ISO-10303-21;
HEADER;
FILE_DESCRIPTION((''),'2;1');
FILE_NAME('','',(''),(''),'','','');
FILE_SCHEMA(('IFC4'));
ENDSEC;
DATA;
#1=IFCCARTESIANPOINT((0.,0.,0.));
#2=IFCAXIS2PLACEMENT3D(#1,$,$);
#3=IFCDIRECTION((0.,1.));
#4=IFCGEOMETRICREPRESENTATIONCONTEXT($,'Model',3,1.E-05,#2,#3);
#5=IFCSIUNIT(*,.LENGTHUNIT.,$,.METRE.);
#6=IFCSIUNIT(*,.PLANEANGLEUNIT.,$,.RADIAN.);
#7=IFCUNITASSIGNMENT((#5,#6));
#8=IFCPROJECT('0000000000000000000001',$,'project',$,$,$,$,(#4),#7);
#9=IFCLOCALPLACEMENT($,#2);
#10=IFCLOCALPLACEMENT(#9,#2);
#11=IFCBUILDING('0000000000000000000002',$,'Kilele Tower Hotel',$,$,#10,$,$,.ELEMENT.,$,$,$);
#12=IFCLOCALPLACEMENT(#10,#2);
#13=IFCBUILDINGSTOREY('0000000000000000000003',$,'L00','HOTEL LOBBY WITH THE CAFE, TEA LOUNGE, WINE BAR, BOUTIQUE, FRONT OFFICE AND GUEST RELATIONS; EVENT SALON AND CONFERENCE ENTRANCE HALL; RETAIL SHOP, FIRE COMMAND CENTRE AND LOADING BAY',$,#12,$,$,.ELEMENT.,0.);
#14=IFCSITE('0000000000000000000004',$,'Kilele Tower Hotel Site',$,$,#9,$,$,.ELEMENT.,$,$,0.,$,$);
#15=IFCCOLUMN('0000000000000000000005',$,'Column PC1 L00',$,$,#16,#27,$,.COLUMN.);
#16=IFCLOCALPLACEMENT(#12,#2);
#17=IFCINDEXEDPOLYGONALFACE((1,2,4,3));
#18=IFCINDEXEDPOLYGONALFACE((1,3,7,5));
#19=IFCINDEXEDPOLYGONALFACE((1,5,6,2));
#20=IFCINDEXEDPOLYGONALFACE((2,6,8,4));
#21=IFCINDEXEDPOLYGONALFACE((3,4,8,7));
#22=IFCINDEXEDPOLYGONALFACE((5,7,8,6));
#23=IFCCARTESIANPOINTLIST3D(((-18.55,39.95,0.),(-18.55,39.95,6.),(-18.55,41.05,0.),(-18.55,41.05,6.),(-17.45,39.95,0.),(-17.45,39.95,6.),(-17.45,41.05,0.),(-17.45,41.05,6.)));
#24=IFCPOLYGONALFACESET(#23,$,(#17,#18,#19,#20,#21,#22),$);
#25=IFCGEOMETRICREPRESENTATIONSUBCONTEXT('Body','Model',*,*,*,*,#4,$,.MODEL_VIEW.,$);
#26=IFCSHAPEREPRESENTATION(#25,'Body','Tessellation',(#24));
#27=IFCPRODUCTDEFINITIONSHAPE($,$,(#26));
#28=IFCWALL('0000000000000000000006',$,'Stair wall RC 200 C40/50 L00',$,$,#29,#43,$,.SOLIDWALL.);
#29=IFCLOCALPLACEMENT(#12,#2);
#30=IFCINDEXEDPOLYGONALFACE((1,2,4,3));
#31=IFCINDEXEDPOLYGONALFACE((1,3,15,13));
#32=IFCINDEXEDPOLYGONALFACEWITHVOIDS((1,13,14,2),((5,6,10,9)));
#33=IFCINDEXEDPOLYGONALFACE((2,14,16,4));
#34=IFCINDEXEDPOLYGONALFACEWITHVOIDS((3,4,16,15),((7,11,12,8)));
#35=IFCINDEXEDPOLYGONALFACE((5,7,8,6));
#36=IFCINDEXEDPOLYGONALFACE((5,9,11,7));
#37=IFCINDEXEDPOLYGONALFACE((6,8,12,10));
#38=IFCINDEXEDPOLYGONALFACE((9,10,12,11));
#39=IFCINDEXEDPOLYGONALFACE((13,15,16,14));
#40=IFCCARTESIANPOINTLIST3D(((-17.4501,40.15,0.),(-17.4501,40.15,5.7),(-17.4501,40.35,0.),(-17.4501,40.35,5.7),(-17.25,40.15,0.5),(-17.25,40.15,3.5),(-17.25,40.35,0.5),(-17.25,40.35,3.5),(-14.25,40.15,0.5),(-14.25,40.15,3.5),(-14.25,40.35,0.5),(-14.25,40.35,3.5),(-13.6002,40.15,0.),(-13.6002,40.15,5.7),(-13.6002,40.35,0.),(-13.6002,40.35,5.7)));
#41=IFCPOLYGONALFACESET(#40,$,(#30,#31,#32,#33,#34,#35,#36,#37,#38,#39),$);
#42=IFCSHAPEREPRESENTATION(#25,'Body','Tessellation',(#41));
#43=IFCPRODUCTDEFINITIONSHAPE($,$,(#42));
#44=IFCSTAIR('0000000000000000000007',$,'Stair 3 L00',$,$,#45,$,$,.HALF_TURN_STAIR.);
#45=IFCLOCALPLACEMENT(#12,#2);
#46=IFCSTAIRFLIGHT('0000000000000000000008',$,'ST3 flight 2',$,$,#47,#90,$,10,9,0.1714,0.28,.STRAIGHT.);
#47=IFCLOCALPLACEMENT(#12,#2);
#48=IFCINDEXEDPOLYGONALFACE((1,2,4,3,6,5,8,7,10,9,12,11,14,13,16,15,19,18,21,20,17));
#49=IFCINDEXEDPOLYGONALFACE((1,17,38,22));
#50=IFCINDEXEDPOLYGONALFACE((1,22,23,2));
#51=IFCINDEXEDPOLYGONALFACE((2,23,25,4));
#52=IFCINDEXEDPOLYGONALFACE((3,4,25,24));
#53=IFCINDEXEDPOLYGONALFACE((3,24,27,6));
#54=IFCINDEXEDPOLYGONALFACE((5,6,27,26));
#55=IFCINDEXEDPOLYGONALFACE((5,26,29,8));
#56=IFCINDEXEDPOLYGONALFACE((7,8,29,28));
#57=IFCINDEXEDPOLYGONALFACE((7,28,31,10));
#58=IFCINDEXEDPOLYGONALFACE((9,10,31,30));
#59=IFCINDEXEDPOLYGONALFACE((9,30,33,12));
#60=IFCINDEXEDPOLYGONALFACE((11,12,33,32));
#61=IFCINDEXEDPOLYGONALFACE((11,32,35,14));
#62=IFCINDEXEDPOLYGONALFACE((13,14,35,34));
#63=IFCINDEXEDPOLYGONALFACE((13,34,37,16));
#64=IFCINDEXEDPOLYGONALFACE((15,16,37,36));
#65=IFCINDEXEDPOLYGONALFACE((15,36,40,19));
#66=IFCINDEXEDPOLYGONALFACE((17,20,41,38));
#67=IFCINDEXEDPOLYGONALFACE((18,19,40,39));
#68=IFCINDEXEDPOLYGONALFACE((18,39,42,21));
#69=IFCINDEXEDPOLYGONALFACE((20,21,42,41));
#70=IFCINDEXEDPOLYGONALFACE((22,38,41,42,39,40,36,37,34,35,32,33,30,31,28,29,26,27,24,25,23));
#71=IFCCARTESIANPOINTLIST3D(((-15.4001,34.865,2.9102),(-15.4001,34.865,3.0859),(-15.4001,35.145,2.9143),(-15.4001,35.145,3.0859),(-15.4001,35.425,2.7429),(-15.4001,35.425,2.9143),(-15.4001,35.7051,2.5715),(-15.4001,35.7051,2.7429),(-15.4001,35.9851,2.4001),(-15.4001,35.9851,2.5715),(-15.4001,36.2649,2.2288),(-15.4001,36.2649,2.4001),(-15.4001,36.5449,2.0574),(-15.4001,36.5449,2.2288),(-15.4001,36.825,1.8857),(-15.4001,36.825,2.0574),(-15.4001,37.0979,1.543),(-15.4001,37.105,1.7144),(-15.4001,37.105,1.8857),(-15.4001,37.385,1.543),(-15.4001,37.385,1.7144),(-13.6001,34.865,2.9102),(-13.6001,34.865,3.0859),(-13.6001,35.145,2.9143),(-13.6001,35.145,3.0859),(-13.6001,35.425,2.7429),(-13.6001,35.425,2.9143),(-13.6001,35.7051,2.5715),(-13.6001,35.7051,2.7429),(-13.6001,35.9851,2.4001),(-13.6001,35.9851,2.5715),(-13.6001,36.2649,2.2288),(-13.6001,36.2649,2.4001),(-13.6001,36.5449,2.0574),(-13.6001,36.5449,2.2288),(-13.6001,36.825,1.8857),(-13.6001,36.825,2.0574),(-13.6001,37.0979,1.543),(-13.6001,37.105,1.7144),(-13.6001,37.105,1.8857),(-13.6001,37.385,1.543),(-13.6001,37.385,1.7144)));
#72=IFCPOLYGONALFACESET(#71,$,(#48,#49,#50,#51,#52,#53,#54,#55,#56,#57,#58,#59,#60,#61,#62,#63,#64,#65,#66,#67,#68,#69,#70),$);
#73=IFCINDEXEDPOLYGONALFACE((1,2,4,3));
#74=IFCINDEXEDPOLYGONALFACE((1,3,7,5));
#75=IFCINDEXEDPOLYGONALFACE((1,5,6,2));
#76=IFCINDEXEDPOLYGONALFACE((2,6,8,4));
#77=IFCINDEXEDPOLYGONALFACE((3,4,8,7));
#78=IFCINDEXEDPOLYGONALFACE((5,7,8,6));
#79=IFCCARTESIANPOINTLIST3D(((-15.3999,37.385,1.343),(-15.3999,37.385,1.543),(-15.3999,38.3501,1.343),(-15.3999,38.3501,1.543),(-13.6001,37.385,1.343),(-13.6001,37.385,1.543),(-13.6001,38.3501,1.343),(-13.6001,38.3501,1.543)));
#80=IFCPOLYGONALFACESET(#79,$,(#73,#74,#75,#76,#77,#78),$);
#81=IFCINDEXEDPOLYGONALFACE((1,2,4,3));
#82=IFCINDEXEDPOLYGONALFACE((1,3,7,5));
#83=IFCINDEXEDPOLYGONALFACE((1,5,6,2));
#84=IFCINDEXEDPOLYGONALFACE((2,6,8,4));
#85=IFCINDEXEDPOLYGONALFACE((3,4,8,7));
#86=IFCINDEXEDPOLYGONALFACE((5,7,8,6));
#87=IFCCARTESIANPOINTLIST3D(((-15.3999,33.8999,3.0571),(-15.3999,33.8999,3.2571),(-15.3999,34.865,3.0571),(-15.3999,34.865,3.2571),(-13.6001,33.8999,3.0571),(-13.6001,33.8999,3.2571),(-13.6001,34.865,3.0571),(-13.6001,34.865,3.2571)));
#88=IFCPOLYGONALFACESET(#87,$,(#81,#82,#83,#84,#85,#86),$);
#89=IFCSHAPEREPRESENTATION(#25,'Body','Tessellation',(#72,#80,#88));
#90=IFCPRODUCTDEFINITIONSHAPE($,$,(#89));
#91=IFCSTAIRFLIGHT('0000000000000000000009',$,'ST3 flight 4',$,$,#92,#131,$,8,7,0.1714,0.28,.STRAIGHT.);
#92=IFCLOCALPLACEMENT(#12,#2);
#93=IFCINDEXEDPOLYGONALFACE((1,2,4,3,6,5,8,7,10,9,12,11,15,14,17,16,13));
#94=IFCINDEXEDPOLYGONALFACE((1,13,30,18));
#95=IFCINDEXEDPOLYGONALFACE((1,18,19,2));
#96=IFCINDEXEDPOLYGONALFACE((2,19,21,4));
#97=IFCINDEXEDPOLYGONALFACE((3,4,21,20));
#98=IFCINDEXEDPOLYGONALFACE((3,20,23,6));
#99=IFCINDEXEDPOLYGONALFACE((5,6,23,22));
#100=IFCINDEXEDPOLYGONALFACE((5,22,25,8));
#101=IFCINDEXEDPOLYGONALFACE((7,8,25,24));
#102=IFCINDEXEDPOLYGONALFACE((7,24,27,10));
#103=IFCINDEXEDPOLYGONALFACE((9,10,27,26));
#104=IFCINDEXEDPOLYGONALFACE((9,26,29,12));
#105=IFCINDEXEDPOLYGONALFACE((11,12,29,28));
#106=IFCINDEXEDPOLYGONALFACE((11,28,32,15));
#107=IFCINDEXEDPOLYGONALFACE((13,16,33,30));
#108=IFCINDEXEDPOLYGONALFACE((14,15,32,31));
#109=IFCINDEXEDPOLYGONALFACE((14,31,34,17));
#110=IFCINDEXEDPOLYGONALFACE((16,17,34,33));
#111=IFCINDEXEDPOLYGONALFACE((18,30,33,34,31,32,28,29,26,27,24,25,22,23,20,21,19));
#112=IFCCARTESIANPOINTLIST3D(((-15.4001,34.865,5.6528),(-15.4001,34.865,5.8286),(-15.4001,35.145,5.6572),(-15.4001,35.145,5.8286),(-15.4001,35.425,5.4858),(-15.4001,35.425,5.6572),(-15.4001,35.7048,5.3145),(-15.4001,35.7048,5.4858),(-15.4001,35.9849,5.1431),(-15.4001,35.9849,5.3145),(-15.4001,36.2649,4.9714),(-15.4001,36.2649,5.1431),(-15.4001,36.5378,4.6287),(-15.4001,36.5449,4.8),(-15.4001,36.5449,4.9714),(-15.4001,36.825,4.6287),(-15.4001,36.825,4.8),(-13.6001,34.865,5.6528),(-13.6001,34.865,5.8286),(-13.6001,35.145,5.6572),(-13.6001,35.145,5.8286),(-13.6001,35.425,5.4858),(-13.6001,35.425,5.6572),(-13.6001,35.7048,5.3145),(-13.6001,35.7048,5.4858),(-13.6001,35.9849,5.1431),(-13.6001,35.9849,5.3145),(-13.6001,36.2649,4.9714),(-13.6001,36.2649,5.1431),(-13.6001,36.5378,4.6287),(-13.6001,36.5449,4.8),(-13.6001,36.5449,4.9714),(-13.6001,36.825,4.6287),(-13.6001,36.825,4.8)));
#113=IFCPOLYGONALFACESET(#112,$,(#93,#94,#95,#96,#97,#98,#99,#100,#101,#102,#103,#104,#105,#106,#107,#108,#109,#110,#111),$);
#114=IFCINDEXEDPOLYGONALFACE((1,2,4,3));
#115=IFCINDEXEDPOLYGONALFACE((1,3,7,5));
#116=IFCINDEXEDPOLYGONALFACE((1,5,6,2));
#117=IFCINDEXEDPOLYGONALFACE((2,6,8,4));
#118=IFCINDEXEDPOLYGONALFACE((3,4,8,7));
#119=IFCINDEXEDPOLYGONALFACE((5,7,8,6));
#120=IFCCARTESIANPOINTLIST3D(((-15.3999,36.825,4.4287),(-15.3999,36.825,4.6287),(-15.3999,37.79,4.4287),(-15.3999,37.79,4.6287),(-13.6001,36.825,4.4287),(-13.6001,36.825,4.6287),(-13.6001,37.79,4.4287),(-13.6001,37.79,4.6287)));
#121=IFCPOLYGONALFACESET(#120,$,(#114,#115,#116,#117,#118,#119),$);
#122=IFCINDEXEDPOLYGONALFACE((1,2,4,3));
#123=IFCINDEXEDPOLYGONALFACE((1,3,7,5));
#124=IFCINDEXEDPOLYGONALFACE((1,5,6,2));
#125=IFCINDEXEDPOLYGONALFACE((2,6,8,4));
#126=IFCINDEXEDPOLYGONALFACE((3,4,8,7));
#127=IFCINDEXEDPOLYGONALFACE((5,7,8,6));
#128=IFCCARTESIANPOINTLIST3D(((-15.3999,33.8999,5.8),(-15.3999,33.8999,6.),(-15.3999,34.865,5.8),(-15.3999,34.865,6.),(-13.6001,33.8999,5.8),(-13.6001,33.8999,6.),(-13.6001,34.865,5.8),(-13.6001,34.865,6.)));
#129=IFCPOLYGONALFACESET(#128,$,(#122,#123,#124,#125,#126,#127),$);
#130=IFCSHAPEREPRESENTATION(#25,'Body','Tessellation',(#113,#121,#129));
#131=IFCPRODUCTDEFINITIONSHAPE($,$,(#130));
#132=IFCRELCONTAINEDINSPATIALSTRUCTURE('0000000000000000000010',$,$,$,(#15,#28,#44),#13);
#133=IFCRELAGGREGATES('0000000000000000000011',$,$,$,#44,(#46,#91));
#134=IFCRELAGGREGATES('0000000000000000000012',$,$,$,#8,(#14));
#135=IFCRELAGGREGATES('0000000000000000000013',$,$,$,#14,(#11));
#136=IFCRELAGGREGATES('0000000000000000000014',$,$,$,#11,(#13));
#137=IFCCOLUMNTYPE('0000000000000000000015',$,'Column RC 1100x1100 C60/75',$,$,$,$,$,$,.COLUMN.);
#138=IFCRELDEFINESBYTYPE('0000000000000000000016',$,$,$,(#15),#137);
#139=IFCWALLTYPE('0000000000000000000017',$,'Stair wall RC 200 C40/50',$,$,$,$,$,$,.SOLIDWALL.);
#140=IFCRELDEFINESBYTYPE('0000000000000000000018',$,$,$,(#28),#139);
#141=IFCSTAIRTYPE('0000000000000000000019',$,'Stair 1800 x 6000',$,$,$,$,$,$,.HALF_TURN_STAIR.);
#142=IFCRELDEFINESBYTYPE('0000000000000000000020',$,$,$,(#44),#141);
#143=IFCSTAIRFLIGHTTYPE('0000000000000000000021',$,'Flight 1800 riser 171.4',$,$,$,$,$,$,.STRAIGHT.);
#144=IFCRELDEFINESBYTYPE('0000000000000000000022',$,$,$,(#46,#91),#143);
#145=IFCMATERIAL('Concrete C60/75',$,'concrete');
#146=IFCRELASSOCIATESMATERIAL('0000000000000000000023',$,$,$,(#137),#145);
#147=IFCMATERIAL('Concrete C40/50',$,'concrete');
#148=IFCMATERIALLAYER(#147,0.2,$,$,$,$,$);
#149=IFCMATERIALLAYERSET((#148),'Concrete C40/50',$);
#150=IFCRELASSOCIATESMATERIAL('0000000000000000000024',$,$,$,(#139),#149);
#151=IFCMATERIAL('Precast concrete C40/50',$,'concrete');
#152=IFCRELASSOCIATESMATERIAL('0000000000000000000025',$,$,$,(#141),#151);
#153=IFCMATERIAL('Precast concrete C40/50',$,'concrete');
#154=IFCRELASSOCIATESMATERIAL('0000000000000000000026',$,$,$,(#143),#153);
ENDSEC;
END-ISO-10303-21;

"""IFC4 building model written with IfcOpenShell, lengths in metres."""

from ifc_helpers import new_model, si_unit, direction, frame, frame_2d, origin, origin_2d, place, context, subcontext, project, spatial, polyline, rectangle, outline, extrude, material, layer, layer_set, material_profile, profile_set, type_object, element, aggregate, save


model = new_model("IFC4")

# Units and contexts
model_context = context("Model", 3, precision=1e-05, world=origin(), true_north=direction((0.0, 1.0)))
body_context = subcontext(model_context, "Body", "Model", "MODEL_VIEW")
ifc_project = project(units=[si_unit("LENGTHUNIT", "METRE"), si_unit("PLANEANGLEUNIT", "RADIAN")], contexts=[model_context])

# Site, building, storey
site_placement = place(None, origin())
site = spatial("IfcSite", under=ifc_project, at=site_placement, Name="Kilele Tower Hotel Site", CompositionType="ELEMENT", RefElevation=0.0)
building_placement = place(site_placement, origin())
building = spatial("IfcBuilding", under=site, at=building_placement, Name="Kilele Tower Hotel", CompositionType="ELEMENT")
storey_placement = place(building_placement, origin())
storey = spatial("IfcBuildingStorey", under=building, at=storey_placement, Name="L00", Description="HOTEL LOBBY WITH THE CAFE, TEA LOUNGE, WINE BAR, BOUTIQUE, FRONT OFFICE AND GUEST RELATIONS; EVENT SALON AND CONFERENCE ENTRANCE HALL; RETAIL SHOP, FIRE COMMAND CENTRE AND LOADING BAY", CompositionType="ELEMENT", Elevation=0.0)

# Column
ifc_material_1 = material(Name="Concrete C60/75", Category="concrete")
ifc_material_profile = material_profile(ifc_material_1, rectangle(XDim=1.1001, YDim=1.1001, at=origin_2d()))
ifc_profile_set = profile_set([ifc_material_profile], Name="Concrete C60/75")
column_type = type_object("IfcColumnType", Name="Column RC 1100x1100 C60/75", PredefinedType="COLUMN", material=ifc_profile_set)
column_placement = place(storey_placement, frame((-18.0, 40.5, 0.0), z_axis=(0.0, 0.0, 1.0), x_axis=(1.0, 0.0, 0.0)))
element("IfcColumn", 1, at=column_placement, inside=storey, type_object=column_type, Name="Column PC1 L00", PredefinedType="COLUMN", context=body_context, shape_type="SweptSolid", body=[
    extrude(rectangle(XDim=1.1001, YDim=1.1001, at=origin_2d()), origin(), (0.0, 0.0, 1.0), 6.0),
])

# Wall, opening
ifc_material_2 = material(Name="Concrete C40/50", Category="concrete")
ifc_layer_1 = layer(ifc_material_2, 0.2)
ifc_layer_set_1 = layer_set([ifc_layer_1], Name="Concrete C40/50")
wall_type_1 = type_object("IfcWallType", Name="Stair wall RC 200 C40/50", PredefinedType="SOLIDWALL", material=ifc_layer_set_1)
wall_1_placement = place(storey_placement, frame((-17.45, 40.25, 0.0), z_axis=(0.0, 0.0, 1.0), x_axis=(1.0, 0.0, 0.0)))
wall_1 = element("IfcWall", 2, at=wall_1_placement, inside=storey, type_object=wall_type_1, Name="Stair wall RC 200 C40/50 L00", PredefinedType="SOLIDWALL", context=body_context, shape_type="SweptSolid", body=[
    extrude(rectangle(XDim=3.8499, YDim=0.2, at=frame_2d((1.9248, 0.0))), origin(), (0.0, 0.0, 1.0), 5.7),
])
opening_1_placement = place(wall_1_placement, frame((0.2, 0.0, 0.5)))
element("IfcOpeningElement", 3, at=opening_1_placement, cuts=wall_1, PredefinedType="OPENING", context=body_context, shape_type="SweptSolid", body=[
    extrude(rectangle(XDim=3.0, YDim=3.0, at=frame_2d((1.5, 1.5))), frame((0.0, 0.1099, 0.0), z_axis=(0.0, -1.0, 0.0), x_axis=(1.0, 0.0, 0.0)), (0.0, 0.0, 1.0), 0.22),
])

# Stair, stair flights
ifc_material_3 = material(Name="Precast concrete C40/50", Category="concrete")
stair_type = type_object("IfcStairType", Name="Stair 1800 x 6000", PredefinedType="HALF_TURN_STAIR", material=ifc_material_3)
stair_placement = place(storey_placement, origin())
stair = element("IfcStair", 4, at=stair_placement, inside=storey, type_object=stair_type, Name="Stair 3 L00", PredefinedType="HALF_TURN_STAIR")
ifc_material_4 = material(Name="Precast concrete C40/50", Category="concrete")
stair_flight_type = type_object("IfcStairFlightType", Name="Flight 1800 riser 171.4", PredefinedType="STRAIGHT", material=ifc_material_4)
stair_flight_1_placement = place(storey_placement, frame((-14.5, 37.385, 1.543), z_axis=(0.0, 0.0, 1.0), x_axis=(0.0, -1.0, 0.0)))
stair_flight_1 = element("IfcStairFlight", 5, at=stair_flight_1_placement, type_object=stair_flight_type, Name="ST3 flight 2", NumberOfRisers=10, NumberOfTreads=9, PredefinedType="STRAIGHT", RiserHeight=0.1714, TreadLength=0.28, context=body_context, shape_type="SweptSolid", body=[
    extrude(outline(polyline([(0.0, 0.0), (0.0, 0.1714), (0.28, 0.1714), (0.28, 0.3428), (0.5601, 0.3428), (0.5601, 0.5144), (0.8401, 0.5144), (0.8401, 0.6858), (1.1201, 0.6858), (1.1201, 0.8572), (1.3999, 0.8572), (1.3999, 1.0286), (1.6799, 1.0286), (1.6799, 1.2), (1.96, 1.2), (1.96, 1.3713), (2.24, 1.3713), (2.24, 1.543), (2.52, 1.543), (2.52, 1.7144), (2.52, 1.3672), (0.2871, 0.0), (0.0, 0.0)])), frame((0.0, 0.8999, 0.0), z_axis=(0.0, -1.0, 0.0), x_axis=(1.0, 0.0, 0.0)), (0.0, 0.0, 1.0), 1.8),
    extrude(outline(polyline([(0.0, -0.8999), (0.0, 0.8999), (-0.9651, 0.8999), (-0.9651, -0.8999), (0.0, -0.8999)])), frame((0.0, 0.0, -0.2)), (0.0, 0.0, 1.0), 0.2),
    extrude(outline(polyline([(3.4851, -0.8999), (3.4851, 0.8999), (2.52, 0.8999), (2.52, -0.8999), (3.4851, -0.8999)])), frame((0.0, 0.0, 1.5142)), (0.0, 0.0, 1.0), 0.2),
])
stair_flight_2_placement = place(storey_placement, frame((-14.5, 36.825, 4.6287), z_axis=(0.0, 0.0, 1.0), x_axis=(0.0, -1.0, 0.0)))
stair_flight_2 = element("IfcStairFlight", 6, at=stair_flight_2_placement, type_object=stair_flight_type, Name="ST3 flight 4", NumberOfRisers=8, NumberOfTreads=7, PredefinedType="STRAIGHT", RiserHeight=0.1714, TreadLength=0.28, context=body_context, shape_type="SweptSolid", body=[
    extrude(outline(polyline([(0.0, 0.0), (0.0, 0.1714), (0.28, 0.1714), (0.28, 0.3428), (0.5601, 0.3428), (0.5601, 0.5144), (0.8401, 0.5144), (0.8401, 0.6858), (1.1201, 0.6858), (1.1201, 0.8572), (1.3999, 0.8572), (1.3999, 1.0286), (1.6799, 1.0286), (1.6799, 1.2), (1.96, 1.2), (1.96, 1.3713), (1.96, 1.0242), (0.2871, 0.0), (0.0, 0.0)])), frame((0.0, 0.8999, 0.0), z_axis=(0.0, -1.0, 0.0), x_axis=(1.0, 0.0, 0.0)), (0.0, 0.0, 1.0), 1.8),
    extrude(outline(polyline([(0.0, -0.8999), (0.0, 0.8999), (-0.9651, 0.8999), (-0.9651, -0.8999), (0.0, -0.8999)])), frame((0.0, 0.0, -0.2)), (0.0, 0.0, 1.0), 0.2),
    extrude(outline(polyline([(2.925, -0.8999), (2.925, 0.8999), (1.96, 0.8999), (1.96, -0.8999), (2.925, -0.8999)])), frame((0.0, 0.0, 1.1714)), (0.0, 0.0, 1.0), 0.2),
])
aggregate(stair, [stair_flight_1, stair_flight_2])

save(model, "model.ifc")
